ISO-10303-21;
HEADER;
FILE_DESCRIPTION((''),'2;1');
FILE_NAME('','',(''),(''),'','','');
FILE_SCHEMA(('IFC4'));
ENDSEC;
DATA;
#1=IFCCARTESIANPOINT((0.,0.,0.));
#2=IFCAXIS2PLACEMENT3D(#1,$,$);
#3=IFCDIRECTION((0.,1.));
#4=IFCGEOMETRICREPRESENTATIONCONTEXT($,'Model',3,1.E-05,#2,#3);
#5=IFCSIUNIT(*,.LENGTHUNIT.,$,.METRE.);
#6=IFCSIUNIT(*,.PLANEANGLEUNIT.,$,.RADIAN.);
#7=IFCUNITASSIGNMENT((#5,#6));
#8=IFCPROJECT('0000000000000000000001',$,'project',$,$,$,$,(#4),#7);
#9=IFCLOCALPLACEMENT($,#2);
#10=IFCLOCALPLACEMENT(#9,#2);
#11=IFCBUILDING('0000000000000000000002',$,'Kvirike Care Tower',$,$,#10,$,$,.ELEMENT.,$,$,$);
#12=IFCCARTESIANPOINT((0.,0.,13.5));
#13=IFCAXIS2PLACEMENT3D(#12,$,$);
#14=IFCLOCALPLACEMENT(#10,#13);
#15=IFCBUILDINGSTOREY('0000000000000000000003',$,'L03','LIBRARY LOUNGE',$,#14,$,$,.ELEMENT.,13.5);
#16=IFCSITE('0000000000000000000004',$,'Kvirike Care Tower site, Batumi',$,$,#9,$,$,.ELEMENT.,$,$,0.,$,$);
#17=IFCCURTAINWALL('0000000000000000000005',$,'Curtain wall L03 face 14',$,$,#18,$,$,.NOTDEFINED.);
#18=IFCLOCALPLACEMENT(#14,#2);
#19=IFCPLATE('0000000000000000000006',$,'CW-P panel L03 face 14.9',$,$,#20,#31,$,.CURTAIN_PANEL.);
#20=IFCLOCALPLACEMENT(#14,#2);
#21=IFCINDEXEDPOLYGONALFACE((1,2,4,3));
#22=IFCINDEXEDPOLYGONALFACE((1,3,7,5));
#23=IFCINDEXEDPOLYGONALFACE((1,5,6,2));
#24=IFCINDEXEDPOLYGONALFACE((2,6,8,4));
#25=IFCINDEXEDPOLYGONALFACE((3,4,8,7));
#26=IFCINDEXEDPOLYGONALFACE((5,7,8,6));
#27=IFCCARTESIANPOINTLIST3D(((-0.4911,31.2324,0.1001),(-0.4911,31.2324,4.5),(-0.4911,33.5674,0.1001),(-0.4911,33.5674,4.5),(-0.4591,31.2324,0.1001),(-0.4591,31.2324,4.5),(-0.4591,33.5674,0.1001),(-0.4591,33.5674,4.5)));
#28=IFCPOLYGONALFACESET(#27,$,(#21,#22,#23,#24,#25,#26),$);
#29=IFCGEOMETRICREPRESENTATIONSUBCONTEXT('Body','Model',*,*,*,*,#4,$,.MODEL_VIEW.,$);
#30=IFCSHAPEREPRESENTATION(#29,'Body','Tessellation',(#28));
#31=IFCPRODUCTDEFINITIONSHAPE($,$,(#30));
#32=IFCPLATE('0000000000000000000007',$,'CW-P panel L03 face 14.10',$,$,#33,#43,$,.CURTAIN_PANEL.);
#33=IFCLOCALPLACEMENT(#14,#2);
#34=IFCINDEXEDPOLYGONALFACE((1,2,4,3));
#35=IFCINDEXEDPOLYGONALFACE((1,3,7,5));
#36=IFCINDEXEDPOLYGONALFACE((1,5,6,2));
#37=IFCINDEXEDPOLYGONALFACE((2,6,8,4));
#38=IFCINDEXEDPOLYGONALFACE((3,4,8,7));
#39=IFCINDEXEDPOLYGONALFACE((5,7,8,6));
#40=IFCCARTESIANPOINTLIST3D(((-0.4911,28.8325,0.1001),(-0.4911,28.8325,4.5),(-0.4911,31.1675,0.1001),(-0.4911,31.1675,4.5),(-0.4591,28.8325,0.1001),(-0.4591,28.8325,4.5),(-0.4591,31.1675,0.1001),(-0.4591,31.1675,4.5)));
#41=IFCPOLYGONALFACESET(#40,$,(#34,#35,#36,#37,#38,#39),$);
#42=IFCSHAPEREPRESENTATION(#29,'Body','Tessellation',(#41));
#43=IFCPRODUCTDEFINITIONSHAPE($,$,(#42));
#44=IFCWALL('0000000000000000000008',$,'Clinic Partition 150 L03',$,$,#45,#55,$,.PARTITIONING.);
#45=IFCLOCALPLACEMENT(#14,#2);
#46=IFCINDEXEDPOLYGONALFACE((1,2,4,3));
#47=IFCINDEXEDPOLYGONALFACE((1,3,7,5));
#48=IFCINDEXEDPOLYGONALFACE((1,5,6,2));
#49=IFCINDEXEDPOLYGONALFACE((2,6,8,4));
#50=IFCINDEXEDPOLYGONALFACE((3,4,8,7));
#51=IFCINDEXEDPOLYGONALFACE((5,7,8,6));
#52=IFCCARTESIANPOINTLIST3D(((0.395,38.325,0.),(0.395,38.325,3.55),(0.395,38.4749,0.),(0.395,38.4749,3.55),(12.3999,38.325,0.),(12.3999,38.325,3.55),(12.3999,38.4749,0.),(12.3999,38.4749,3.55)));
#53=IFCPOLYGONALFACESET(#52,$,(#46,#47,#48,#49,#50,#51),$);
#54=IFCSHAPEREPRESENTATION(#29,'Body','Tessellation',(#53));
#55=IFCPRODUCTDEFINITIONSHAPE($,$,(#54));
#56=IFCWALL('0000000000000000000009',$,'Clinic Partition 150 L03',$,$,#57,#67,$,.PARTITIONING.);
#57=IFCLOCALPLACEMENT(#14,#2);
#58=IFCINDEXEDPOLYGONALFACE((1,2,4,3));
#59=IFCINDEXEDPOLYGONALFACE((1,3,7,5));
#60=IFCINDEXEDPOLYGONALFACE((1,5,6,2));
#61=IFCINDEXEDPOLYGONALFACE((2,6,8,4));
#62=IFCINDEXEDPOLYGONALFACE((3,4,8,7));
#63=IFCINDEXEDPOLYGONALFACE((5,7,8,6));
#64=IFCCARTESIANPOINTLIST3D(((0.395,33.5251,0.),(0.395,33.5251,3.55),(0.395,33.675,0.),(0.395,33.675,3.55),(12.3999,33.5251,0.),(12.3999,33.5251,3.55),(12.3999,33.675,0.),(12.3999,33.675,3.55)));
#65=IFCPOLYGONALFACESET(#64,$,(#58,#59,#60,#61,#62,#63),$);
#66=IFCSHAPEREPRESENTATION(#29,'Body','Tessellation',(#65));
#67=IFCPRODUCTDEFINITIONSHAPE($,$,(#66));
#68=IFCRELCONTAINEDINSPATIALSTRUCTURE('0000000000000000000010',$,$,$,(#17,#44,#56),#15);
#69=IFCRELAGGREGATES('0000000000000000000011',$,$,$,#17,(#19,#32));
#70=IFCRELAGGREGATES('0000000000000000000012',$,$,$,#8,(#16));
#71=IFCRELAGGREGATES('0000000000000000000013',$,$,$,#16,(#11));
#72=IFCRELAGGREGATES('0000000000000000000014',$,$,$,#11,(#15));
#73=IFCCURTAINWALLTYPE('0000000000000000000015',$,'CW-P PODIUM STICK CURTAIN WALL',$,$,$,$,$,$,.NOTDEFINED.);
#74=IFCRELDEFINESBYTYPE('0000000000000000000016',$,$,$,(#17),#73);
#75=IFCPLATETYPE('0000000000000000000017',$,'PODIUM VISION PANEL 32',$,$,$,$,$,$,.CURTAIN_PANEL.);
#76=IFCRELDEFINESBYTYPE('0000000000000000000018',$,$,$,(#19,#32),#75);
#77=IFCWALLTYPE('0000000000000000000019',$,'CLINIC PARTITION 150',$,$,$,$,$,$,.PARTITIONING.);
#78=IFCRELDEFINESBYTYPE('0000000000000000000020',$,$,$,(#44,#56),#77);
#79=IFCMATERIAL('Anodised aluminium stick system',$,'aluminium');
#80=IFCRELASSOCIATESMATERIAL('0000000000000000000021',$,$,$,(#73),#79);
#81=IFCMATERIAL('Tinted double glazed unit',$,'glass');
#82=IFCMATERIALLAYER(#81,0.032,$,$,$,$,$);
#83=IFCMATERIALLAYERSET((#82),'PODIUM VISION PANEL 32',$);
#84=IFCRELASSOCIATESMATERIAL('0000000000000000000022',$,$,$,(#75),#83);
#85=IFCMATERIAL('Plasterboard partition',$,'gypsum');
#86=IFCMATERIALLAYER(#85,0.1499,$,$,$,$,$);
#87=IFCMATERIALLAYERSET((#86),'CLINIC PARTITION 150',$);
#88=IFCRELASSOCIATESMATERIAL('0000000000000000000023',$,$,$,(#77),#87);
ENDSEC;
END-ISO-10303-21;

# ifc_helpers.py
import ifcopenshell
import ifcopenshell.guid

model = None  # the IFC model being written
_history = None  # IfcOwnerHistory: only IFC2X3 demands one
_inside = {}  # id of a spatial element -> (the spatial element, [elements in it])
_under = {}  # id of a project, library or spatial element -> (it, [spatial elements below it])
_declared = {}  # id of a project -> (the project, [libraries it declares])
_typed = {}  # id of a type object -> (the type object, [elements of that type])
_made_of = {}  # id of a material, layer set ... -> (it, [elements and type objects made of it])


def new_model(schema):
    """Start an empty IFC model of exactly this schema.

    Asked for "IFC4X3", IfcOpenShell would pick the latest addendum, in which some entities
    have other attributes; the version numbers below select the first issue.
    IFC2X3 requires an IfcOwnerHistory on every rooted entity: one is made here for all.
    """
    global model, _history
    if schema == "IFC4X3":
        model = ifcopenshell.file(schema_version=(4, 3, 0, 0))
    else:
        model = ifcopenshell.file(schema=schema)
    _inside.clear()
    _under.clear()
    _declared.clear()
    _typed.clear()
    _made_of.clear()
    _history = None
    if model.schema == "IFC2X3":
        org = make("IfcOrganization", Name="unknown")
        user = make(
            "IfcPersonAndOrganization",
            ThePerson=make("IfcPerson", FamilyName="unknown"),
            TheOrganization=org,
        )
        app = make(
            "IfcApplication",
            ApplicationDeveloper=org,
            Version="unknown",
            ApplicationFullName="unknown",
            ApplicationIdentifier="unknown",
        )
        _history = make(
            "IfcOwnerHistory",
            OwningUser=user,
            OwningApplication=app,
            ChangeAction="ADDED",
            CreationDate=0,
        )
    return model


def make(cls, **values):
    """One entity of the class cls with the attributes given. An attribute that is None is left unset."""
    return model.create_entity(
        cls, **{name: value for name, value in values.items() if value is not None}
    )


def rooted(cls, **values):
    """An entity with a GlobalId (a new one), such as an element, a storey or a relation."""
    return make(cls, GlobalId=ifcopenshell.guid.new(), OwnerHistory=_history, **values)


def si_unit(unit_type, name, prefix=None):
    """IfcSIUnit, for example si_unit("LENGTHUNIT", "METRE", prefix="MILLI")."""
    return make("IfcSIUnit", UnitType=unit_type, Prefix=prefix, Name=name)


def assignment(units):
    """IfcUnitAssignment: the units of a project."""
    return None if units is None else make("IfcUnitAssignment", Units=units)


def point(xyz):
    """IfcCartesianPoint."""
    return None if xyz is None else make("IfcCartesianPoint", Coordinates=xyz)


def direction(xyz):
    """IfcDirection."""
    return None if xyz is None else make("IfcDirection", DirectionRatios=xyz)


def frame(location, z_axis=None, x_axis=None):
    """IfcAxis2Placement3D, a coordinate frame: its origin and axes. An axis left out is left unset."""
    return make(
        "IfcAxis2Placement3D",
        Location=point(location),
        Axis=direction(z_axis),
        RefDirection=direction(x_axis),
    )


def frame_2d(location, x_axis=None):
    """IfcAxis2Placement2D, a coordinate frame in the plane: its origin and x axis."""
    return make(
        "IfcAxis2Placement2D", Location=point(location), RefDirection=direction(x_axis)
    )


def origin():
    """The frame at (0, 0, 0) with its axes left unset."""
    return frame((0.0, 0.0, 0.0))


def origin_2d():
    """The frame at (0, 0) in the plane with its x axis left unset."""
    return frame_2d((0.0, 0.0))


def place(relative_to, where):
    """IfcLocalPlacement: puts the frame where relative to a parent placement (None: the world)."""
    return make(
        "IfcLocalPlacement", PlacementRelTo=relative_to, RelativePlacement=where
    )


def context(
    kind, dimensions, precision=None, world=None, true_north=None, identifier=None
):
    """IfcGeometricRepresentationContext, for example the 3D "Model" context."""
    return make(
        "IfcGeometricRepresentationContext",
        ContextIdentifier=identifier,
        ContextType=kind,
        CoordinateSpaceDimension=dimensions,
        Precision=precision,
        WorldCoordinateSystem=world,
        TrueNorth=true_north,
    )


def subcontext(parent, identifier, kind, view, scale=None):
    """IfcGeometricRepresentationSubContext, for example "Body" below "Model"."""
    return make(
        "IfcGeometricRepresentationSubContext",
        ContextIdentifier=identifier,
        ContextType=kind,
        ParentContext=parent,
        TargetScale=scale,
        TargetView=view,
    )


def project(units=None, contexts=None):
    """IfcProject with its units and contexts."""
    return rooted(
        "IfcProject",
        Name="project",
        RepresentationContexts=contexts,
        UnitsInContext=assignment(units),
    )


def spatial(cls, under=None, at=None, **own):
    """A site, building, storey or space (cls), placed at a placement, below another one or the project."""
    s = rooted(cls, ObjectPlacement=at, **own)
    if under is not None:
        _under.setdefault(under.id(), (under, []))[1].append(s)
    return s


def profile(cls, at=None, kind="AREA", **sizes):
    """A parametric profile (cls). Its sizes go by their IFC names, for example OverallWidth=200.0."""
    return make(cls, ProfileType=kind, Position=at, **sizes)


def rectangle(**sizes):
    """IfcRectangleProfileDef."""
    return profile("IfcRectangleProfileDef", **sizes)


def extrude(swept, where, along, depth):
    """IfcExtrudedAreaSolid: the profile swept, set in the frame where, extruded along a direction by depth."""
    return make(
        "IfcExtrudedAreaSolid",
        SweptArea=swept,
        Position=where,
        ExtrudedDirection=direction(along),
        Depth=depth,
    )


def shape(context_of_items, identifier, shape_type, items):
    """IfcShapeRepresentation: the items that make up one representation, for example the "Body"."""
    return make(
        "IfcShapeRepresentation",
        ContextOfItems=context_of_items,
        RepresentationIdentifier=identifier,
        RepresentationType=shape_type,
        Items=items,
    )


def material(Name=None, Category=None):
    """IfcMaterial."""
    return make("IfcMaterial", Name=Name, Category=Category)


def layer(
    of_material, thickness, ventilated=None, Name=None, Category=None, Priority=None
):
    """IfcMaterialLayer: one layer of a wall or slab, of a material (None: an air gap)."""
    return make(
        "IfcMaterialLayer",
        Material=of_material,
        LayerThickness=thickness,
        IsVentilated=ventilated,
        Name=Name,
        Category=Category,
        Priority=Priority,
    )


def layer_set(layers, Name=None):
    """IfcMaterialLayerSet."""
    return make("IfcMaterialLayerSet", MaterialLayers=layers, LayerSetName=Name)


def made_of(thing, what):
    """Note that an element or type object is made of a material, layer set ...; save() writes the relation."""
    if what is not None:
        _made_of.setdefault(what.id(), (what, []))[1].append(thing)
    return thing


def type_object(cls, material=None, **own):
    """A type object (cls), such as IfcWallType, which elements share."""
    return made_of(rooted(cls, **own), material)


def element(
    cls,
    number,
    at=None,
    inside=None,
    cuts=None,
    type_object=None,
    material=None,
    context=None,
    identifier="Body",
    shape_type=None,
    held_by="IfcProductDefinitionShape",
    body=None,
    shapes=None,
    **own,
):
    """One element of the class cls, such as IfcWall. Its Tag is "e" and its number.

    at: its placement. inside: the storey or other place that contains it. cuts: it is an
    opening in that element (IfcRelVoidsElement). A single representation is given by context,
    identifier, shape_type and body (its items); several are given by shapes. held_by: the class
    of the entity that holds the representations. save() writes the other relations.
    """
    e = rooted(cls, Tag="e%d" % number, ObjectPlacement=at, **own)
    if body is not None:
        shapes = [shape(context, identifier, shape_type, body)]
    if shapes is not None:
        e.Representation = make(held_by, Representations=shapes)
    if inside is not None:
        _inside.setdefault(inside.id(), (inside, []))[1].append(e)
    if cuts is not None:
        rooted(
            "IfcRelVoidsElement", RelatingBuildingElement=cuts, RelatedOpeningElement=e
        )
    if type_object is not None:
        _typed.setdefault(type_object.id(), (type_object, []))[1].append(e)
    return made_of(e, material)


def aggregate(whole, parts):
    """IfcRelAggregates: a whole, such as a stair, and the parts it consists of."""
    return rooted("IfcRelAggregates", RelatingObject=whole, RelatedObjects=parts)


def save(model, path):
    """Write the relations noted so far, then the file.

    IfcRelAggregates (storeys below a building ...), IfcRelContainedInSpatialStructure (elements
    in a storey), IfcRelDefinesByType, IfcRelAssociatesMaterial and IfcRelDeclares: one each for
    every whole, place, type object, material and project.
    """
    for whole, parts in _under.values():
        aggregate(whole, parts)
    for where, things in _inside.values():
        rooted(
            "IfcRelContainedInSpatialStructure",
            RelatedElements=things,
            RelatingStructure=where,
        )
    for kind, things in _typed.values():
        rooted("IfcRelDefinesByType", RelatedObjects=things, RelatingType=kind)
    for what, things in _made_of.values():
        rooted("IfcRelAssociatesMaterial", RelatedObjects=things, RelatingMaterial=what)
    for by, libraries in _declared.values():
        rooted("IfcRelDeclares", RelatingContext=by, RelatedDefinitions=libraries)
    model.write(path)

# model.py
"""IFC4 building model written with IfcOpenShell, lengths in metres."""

from ifc_helpers import new_model, si_unit, direction, frame, frame_2d, origin, origin_2d, place, context, subcontext, project, spatial, rectangle, extrude, material, layer, layer_set, type_object, element, aggregate, save


model = new_model("IFC4")

# Units and contexts
model_context = context("Model", 3, precision=1e-05, world=origin(), true_north=direction((0.0, 1.0)))
body_context = subcontext(model_context, "Body", "Model", "MODEL_VIEW")
ifc_project = project(units=[si_unit("LENGTHUNIT", "METRE"), si_unit("PLANEANGLEUNIT", "RADIAN")], contexts=[model_context])

# Site, building, storey
site_placement = place(None, origin())
site = spatial("IfcSite", under=ifc_project, at=site_placement, Name="Kvirike Care Tower site, Batumi", CompositionType="ELEMENT", RefElevation=0.0)
building_placement = place(site_placement, origin())
building = spatial("IfcBuilding", under=site, at=building_placement, Name="Kvirike Care Tower", CompositionType="ELEMENT")
storey_placement = place(building_placement, frame((0.0, 0.0, 13.5)))
storey = spatial("IfcBuildingStorey", under=building, at=storey_placement, Name="L03", Description="LIBRARY LOUNGE", CompositionType="ELEMENT", Elevation=13.5)

# Curtain wall
ifc_material_1 = material(Name="Anodised aluminium stick system", Category="aluminium")
curtain_wall_type = type_object("IfcCurtainWallType", Name="CW-P PODIUM STICK CURTAIN WALL", PredefinedType="NOTDEFINED", material=ifc_material_1)
curtain_wall_placement = place(storey_placement, origin())
curtain_wall = element("IfcCurtainWall", 1, at=curtain_wall_placement, inside=storey, type_object=curtain_wall_type, Name="Curtain wall L03 face 14", PredefinedType="NOTDEFINED")

# Plates
ifc_material_2 = material(Name="Tinted double glazed unit", Category="glass")
ifc_layer_1 = layer(ifc_material_2, 0.032)
ifc_layer_set_1 = layer_set([ifc_layer_1], Name="PODIUM VISION PANEL 32")
plate_type = type_object("IfcPlateType", Name="PODIUM VISION PANEL 32", PredefinedType="CURTAIN_PANEL", material=ifc_layer_set_1)
plate_1_placement = place(storey_placement, frame((-0.4751, 32.3999, 0.1001), z_axis=(0.0, 0.0, 1.0), x_axis=(0.0, -1.0, 0.0)))
plate_1 = element("IfcPlate", 2, at=plate_1_placement, type_object=plate_type, Name="CW-P panel L03 face 14.9", PredefinedType="CURTAIN_PANEL", context=body_context, shape_type="SweptSolid", body=[
    extrude(rectangle(XDim=2.335, YDim=0.032, at=origin_2d()), origin(), (0.0, 0.0, 1.0), 4.3999),
])
plate_2_placement = place(storey_placement, frame((-0.4751, 30.0, 0.1001), z_axis=(0.0, 0.0, 1.0), x_axis=(0.0, -1.0, 0.0)))
plate_2 = element("IfcPlate", 3, at=plate_2_placement, type_object=plate_type, Name="CW-P panel L03 face 14.10", PredefinedType="CURTAIN_PANEL", context=body_context, shape_type="SweptSolid", body=[
    extrude(rectangle(XDim=2.335, YDim=0.032, at=origin_2d()), origin(), (0.0, 0.0, 1.0), 4.3999),
])
aggregate(curtain_wall, [plate_1, plate_2])

# Walls
ifc_material_3 = material(Name="Plasterboard partition", Category="gypsum")
ifc_layer_2 = layer(ifc_material_3, 0.1499)
ifc_layer_set_2 = layer_set([ifc_layer_2], Name="CLINIC PARTITION 150")
wall_type = type_object("IfcWallType", Name="CLINIC PARTITION 150", PredefinedType="PARTITIONING", material=ifc_layer_set_2)
for number, where, z_axis, x_axis, name in (
    (4, (0.395, 38.3999, 0.0), (0.0, 0.0, 1.0), (1.0, 0.0, 0.0), "Clinic Partition 150 L03"),
    (5, (0.395, 33.6001, 0.0), (0.0, 0.0, 1.0), (1.0, 0.0, 0.0), "Clinic Partition 150 L03"),
):
    element("IfcWall", number, at=place(storey_placement, frame(where, z_axis=z_axis, x_axis=x_axis)), inside=storey, type_object=wall_type, Name=name, PredefinedType="PARTITIONING", context=body_context, shape_type="SweptSolid", body=[
        extrude(rectangle(XDim=12.0049, YDim=0.1499, at=frame_2d((6.0024, 0.0))), origin(), (0.0, 0.0, 1.0), 3.55),
    ])

save(model, "model.ifc")
